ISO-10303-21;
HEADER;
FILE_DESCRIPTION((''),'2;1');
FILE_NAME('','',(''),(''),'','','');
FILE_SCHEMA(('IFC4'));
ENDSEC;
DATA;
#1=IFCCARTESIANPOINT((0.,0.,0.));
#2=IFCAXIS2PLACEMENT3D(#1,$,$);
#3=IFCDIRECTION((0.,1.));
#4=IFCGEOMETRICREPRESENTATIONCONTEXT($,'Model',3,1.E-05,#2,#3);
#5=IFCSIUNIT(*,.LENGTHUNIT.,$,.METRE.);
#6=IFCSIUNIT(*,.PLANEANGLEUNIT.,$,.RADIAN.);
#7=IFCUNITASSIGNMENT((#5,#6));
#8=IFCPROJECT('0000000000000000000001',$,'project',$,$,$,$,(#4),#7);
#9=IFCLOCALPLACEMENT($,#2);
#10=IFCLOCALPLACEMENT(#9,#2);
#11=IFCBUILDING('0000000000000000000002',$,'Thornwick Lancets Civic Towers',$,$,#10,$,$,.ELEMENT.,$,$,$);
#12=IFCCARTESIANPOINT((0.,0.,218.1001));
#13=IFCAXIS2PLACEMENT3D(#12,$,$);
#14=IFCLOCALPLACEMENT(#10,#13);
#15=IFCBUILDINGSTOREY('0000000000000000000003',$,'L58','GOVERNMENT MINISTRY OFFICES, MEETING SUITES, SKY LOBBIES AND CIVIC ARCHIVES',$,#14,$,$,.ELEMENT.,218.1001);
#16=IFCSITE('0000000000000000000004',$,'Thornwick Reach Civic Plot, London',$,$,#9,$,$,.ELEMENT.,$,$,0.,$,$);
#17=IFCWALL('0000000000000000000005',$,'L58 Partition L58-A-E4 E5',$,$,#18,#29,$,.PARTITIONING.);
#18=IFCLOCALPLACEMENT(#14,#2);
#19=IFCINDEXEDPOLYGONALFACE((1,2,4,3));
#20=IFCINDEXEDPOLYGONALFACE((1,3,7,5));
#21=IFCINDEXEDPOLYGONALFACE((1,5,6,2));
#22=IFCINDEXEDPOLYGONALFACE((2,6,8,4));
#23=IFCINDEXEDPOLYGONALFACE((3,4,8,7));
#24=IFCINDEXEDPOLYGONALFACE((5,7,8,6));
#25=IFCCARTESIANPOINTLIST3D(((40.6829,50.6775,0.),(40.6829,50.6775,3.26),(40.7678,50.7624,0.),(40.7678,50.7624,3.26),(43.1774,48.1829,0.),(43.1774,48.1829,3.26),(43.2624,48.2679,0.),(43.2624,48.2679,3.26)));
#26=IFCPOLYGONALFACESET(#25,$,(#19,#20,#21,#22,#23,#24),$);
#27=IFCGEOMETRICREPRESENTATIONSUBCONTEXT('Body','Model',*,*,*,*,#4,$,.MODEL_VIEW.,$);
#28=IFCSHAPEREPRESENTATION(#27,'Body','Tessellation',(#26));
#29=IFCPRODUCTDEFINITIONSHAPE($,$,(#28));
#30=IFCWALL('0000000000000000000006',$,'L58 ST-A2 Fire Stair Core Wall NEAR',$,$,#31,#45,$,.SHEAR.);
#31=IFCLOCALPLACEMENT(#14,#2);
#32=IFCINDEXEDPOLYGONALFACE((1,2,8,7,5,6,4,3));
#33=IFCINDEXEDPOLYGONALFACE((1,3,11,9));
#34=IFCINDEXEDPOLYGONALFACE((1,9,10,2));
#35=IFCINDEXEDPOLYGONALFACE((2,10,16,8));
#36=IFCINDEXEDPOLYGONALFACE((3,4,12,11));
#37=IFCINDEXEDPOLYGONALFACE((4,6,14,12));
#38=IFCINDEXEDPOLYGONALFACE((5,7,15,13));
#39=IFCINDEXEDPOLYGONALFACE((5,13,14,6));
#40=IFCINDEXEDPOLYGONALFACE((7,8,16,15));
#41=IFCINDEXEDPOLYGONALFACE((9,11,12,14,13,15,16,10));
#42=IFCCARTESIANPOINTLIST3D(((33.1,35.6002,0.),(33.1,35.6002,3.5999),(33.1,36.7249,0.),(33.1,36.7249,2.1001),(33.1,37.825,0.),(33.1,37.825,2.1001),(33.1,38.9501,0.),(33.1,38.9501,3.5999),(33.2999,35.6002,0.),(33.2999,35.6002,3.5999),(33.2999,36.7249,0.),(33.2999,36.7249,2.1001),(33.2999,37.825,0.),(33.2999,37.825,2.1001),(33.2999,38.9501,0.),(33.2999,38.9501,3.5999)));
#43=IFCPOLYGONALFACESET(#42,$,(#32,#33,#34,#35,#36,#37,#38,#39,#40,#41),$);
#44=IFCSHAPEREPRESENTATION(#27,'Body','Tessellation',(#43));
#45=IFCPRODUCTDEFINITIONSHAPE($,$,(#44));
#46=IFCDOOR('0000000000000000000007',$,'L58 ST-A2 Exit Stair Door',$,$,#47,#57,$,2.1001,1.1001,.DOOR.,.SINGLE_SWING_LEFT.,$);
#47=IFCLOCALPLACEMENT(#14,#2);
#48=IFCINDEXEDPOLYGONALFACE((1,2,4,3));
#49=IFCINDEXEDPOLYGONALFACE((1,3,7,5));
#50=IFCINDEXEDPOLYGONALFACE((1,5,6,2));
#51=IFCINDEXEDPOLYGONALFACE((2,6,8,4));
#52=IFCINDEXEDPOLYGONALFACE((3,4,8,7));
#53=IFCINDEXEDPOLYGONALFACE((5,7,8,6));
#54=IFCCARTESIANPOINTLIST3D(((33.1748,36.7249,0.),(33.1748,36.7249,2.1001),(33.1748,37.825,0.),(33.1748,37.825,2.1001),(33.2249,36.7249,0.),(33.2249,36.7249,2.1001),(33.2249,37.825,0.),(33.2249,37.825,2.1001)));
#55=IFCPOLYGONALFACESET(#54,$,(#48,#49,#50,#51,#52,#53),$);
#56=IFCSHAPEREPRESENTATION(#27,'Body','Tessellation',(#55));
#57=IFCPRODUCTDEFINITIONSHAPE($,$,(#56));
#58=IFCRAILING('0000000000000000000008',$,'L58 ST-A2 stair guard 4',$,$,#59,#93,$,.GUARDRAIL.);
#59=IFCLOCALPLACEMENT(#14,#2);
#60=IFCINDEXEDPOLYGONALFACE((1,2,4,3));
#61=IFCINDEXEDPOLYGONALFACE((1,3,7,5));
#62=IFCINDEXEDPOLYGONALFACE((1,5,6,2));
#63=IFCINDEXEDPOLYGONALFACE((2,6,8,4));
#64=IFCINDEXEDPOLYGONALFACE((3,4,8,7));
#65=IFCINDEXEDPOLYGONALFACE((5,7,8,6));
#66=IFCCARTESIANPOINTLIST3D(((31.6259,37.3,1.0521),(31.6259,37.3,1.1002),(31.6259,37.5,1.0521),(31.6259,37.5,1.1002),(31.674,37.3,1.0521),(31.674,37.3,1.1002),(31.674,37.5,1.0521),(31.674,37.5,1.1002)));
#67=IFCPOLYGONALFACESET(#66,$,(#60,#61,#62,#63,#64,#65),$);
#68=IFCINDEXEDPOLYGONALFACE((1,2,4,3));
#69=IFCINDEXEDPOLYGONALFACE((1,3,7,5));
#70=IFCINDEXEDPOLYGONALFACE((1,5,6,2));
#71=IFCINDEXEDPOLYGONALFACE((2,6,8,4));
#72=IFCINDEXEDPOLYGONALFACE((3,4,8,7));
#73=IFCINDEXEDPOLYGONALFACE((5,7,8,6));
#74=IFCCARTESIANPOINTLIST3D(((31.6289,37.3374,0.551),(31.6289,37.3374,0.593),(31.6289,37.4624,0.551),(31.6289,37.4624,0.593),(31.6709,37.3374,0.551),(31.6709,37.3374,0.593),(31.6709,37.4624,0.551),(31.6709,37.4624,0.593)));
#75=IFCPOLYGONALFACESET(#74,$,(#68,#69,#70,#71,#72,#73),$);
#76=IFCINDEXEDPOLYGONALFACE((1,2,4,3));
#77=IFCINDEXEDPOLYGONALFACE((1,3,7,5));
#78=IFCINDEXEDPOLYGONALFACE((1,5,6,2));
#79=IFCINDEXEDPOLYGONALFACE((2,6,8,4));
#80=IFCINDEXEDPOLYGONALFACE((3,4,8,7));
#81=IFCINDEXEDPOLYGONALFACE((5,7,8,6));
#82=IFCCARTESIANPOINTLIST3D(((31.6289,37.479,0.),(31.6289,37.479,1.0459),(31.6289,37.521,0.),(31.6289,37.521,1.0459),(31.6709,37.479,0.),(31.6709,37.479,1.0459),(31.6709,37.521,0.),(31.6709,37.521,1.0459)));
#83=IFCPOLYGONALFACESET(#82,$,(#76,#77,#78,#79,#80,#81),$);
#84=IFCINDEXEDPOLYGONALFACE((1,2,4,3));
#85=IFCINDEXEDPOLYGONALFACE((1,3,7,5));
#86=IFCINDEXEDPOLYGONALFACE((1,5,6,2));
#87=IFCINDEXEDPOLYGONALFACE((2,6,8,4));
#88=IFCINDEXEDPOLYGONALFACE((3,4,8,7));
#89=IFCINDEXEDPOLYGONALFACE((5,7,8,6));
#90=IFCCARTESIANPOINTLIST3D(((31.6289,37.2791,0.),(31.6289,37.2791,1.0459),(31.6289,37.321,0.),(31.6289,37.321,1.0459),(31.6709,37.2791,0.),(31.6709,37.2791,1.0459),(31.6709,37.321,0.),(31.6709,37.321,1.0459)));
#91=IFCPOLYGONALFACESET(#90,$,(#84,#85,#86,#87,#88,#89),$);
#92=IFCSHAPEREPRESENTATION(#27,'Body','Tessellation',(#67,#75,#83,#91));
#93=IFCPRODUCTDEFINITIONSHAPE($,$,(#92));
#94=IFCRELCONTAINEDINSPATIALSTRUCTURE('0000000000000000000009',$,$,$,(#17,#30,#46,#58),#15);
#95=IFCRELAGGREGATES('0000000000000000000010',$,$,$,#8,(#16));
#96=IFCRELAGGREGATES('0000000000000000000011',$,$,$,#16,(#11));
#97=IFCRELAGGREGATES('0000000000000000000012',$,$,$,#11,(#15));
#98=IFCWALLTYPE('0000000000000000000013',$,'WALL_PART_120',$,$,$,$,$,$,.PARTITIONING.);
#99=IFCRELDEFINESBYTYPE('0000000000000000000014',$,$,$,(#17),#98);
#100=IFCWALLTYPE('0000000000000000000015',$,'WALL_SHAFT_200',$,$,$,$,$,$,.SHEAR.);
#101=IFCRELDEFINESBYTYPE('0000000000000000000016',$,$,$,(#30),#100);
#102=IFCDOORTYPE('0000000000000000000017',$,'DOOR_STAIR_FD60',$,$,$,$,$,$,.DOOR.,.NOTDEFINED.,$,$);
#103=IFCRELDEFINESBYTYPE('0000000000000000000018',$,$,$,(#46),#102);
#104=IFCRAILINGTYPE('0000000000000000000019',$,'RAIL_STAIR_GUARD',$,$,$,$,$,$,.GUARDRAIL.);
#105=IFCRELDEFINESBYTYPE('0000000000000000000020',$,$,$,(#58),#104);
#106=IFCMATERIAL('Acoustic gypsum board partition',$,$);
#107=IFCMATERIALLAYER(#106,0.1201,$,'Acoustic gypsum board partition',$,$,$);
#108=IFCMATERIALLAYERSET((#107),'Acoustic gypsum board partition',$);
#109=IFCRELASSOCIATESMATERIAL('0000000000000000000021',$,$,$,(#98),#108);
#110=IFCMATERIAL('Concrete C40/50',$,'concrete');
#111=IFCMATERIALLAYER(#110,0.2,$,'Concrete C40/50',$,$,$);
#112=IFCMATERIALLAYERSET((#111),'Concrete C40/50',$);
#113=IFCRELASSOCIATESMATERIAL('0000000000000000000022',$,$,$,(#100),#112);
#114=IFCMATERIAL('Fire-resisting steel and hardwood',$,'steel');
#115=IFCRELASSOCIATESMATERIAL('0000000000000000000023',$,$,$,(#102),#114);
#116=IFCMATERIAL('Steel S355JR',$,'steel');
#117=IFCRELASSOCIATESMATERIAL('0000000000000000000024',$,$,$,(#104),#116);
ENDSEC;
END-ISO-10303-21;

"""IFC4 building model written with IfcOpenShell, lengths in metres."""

from ifc_helpers import new_model, si_unit, direction, frame, frame_2d, origin, origin_2d, place, context, subcontext, project, spatial, rectangle, extrude, material, layer, layer_set, type_object, element, fill, save


model = new_model("IFC4")

# Units and contexts
model_context = context("Model", 3, precision=1e-05, world=origin(), true_north=direction((0.0, 1.0)))
body_context = subcontext(model_context, "Body", "Model", "MODEL_VIEW")
ifc_project = project(units=[si_unit("LENGTHUNIT", "METRE"), si_unit("PLANEANGLEUNIT", "RADIAN")], contexts=[model_context])

# Site, building, storey
site_placement = place(None, origin())
site = spatial("IfcSite", under=ifc_project, at=site_placement, Name="Thornwick Reach Civic Plot, London", CompositionType="ELEMENT", RefElevation=0.0)
building_placement = place(site_placement, origin())
building = spatial("IfcBuilding", under=site, at=building_placement, Name="Thornwick Lancets Civic Towers", CompositionType="ELEMENT")
storey_placement = place(building_placement, frame((0.0, 0.0, 218.1001)))
storey = spatial("IfcBuildingStorey", under=building, at=storey_placement, Name="L58", Description="GOVERNMENT MINISTRY OFFICES, MEETING SUITES, SKY LOBBIES AND CIVIC ARCHIVES", CompositionType="ELEMENT", Elevation=218.1001)

# Shared definitions
ifc_material_1 = material(Name="Steel S355JR", Category="steel")

# Wall
ifc_material_2 = material(Name="Acoustic gypsum board partition")
ifc_layer_1 = layer(ifc_material_2, 0.1201, Name="Acoustic gypsum board partition")
ifc_layer_set_1 = layer_set([ifc_layer_1], Name="Acoustic gypsum board partition")
wall_type_1 = type_object("IfcWallType", Name="WALL_PART_120", PredefinedType="PARTITIONING", material=ifc_layer_set_1)
wall_1_placement = place(storey_placement, frame((40.7253, 50.72, 0.0), z_axis=(0.0, 0.0, 1.0), x_axis=(0.707107, -0.707107, 0.0)))
element("IfcWall", 1, at=wall_1_placement, inside=storey, type_object=wall_type_1, Name="L58 Partition L58-A-E4 E5", PredefinedType="PARTITIONING", context=body_context, shape_type="SweptSolid", body=[
    extrude(rectangle(XDim=3.5278, YDim=0.1201, at=frame_2d((1.7639, 0.0))), origin(), (0.0, 0.0, 1.0), 3.26),
])

# Wall, opening, door
ifc_material_3 = material(Name="Concrete C40/50", Category="concrete")
ifc_layer_2 = layer(ifc_material_3, 0.2, Name="Concrete C40/50")
ifc_layer_set_2 = layer_set([ifc_layer_2], Name="Concrete C40/50")
wall_type_2 = type_object("IfcWallType", Name="WALL_SHAFT_200", PredefinedType="SHEAR", material=ifc_layer_set_2)
wall_2_placement = place(storey_placement, frame((33.2, 38.95, 0.0), z_axis=(0.0, 0.0, 1.0), x_axis=(0.0, -1.0, 0.0)))
wall_2 = element("IfcWall", 2, at=wall_2_placement, inside=storey, type_object=wall_type_2, Name="L58 ST-A2 Fire Stair Core Wall NEAR", PredefinedType="SHEAR", context=body_context, shape_type="SweptSolid", body=[
    extrude(rectangle(XDim=3.3499, YDim=0.2, at=frame_2d((1.6748, 0.0))), origin(), (0.0, 0.0, 1.0), 3.5999),
])
opening_1_placement = place(wall_2_placement, frame((1.125, 0.0, 0.0)))
opening_1 = element("IfcOpeningElement", 3, at=opening_1_placement, cuts=wall_2, PredefinedType="OPENING", context=body_context, shape_type="SweptSolid", body=[
    extrude(rectangle(XDim=1.1001, YDim=2.1001, at=frame_2d((0.55, 1.05))), frame((0.0, 0.1099, 0.0), z_axis=(0.0, -1.0, 0.0), x_axis=(1.0, 0.0, 0.0)), (0.0, 0.0, 1.0), 0.22),
])
ifc_material_4 = material(Name="Fire-resisting steel and hardwood", Category="steel")
door_type = type_object("IfcDoorType", Name="DOOR_STAIR_FD60", OperationType="NOTDEFINED", PredefinedType="DOOR", material=ifc_material_4)
door_placement = place(opening_1_placement, origin())
door = element("IfcDoor", 4, at=door_placement, inside=storey, type_object=door_type, Name="L58 ST-A2 Exit Stair Door", OperationType="SINGLE_SWING_LEFT", OverallHeight=2.1001, OverallWidth=1.1001, PredefinedType="DOOR", context=body_context, shape_type="SweptSolid", body=[
    extrude(rectangle(XDim=1.1001, YDim=2.1001, at=frame_2d((0.55, 1.05))), frame((0.0, 0.0249, 0.0), z_axis=(0.0, -1.0, 0.0), x_axis=(1.0, 0.0, 0.0)), (0.0, 0.0, 1.0), 0.05),
])
fill(opening_1, door)

# Railing
railing_type = type_object("IfcRailingType", Name="RAIL_STAIR_GUARD", PredefinedType="GUARDRAIL", material=ifc_material_1)
railing_placement = place(storey_placement, frame((31.6499, 37.5, 0.0)))
element("IfcRailing", 5, at=railing_placement, inside=storey, type_object=railing_type, Name="L58 ST-A2 stair guard 4", PredefinedType="GUARDRAIL", context=body_context, shape_type="SweptSolid", body=[
    extrude(rectangle(XDim=0.0481, YDim=0.0481, at=origin_2d()), frame((0.0, 0.0, 1.0762), z_axis=(0.0, -1.0, 0.0), x_axis=(1.0, 0.0, 0.0)), (0.0, 0.0, 1.0), 0.2),
    extrude(rectangle(XDim=0.042, YDim=0.042, at=origin_2d()), frame((0.0, -0.0376, 0.572), z_axis=(0.0, -1.0, 0.0), x_axis=(1.0, 0.0, 0.0)), (0.0, 0.0, 1.0), 0.125),
    extrude(rectangle(XDim=0.042, YDim=0.042, at=origin_2d()), origin(), (0.0, 0.0, 1.0), 1.0459),
    extrude(rectangle(XDim=0.042, YDim=0.042, at=origin_2d()), frame((0.0, -0.2, 0.0)), (0.0, 0.0, 1.0), 1.0459),
])

save(model, "model.ifc")
